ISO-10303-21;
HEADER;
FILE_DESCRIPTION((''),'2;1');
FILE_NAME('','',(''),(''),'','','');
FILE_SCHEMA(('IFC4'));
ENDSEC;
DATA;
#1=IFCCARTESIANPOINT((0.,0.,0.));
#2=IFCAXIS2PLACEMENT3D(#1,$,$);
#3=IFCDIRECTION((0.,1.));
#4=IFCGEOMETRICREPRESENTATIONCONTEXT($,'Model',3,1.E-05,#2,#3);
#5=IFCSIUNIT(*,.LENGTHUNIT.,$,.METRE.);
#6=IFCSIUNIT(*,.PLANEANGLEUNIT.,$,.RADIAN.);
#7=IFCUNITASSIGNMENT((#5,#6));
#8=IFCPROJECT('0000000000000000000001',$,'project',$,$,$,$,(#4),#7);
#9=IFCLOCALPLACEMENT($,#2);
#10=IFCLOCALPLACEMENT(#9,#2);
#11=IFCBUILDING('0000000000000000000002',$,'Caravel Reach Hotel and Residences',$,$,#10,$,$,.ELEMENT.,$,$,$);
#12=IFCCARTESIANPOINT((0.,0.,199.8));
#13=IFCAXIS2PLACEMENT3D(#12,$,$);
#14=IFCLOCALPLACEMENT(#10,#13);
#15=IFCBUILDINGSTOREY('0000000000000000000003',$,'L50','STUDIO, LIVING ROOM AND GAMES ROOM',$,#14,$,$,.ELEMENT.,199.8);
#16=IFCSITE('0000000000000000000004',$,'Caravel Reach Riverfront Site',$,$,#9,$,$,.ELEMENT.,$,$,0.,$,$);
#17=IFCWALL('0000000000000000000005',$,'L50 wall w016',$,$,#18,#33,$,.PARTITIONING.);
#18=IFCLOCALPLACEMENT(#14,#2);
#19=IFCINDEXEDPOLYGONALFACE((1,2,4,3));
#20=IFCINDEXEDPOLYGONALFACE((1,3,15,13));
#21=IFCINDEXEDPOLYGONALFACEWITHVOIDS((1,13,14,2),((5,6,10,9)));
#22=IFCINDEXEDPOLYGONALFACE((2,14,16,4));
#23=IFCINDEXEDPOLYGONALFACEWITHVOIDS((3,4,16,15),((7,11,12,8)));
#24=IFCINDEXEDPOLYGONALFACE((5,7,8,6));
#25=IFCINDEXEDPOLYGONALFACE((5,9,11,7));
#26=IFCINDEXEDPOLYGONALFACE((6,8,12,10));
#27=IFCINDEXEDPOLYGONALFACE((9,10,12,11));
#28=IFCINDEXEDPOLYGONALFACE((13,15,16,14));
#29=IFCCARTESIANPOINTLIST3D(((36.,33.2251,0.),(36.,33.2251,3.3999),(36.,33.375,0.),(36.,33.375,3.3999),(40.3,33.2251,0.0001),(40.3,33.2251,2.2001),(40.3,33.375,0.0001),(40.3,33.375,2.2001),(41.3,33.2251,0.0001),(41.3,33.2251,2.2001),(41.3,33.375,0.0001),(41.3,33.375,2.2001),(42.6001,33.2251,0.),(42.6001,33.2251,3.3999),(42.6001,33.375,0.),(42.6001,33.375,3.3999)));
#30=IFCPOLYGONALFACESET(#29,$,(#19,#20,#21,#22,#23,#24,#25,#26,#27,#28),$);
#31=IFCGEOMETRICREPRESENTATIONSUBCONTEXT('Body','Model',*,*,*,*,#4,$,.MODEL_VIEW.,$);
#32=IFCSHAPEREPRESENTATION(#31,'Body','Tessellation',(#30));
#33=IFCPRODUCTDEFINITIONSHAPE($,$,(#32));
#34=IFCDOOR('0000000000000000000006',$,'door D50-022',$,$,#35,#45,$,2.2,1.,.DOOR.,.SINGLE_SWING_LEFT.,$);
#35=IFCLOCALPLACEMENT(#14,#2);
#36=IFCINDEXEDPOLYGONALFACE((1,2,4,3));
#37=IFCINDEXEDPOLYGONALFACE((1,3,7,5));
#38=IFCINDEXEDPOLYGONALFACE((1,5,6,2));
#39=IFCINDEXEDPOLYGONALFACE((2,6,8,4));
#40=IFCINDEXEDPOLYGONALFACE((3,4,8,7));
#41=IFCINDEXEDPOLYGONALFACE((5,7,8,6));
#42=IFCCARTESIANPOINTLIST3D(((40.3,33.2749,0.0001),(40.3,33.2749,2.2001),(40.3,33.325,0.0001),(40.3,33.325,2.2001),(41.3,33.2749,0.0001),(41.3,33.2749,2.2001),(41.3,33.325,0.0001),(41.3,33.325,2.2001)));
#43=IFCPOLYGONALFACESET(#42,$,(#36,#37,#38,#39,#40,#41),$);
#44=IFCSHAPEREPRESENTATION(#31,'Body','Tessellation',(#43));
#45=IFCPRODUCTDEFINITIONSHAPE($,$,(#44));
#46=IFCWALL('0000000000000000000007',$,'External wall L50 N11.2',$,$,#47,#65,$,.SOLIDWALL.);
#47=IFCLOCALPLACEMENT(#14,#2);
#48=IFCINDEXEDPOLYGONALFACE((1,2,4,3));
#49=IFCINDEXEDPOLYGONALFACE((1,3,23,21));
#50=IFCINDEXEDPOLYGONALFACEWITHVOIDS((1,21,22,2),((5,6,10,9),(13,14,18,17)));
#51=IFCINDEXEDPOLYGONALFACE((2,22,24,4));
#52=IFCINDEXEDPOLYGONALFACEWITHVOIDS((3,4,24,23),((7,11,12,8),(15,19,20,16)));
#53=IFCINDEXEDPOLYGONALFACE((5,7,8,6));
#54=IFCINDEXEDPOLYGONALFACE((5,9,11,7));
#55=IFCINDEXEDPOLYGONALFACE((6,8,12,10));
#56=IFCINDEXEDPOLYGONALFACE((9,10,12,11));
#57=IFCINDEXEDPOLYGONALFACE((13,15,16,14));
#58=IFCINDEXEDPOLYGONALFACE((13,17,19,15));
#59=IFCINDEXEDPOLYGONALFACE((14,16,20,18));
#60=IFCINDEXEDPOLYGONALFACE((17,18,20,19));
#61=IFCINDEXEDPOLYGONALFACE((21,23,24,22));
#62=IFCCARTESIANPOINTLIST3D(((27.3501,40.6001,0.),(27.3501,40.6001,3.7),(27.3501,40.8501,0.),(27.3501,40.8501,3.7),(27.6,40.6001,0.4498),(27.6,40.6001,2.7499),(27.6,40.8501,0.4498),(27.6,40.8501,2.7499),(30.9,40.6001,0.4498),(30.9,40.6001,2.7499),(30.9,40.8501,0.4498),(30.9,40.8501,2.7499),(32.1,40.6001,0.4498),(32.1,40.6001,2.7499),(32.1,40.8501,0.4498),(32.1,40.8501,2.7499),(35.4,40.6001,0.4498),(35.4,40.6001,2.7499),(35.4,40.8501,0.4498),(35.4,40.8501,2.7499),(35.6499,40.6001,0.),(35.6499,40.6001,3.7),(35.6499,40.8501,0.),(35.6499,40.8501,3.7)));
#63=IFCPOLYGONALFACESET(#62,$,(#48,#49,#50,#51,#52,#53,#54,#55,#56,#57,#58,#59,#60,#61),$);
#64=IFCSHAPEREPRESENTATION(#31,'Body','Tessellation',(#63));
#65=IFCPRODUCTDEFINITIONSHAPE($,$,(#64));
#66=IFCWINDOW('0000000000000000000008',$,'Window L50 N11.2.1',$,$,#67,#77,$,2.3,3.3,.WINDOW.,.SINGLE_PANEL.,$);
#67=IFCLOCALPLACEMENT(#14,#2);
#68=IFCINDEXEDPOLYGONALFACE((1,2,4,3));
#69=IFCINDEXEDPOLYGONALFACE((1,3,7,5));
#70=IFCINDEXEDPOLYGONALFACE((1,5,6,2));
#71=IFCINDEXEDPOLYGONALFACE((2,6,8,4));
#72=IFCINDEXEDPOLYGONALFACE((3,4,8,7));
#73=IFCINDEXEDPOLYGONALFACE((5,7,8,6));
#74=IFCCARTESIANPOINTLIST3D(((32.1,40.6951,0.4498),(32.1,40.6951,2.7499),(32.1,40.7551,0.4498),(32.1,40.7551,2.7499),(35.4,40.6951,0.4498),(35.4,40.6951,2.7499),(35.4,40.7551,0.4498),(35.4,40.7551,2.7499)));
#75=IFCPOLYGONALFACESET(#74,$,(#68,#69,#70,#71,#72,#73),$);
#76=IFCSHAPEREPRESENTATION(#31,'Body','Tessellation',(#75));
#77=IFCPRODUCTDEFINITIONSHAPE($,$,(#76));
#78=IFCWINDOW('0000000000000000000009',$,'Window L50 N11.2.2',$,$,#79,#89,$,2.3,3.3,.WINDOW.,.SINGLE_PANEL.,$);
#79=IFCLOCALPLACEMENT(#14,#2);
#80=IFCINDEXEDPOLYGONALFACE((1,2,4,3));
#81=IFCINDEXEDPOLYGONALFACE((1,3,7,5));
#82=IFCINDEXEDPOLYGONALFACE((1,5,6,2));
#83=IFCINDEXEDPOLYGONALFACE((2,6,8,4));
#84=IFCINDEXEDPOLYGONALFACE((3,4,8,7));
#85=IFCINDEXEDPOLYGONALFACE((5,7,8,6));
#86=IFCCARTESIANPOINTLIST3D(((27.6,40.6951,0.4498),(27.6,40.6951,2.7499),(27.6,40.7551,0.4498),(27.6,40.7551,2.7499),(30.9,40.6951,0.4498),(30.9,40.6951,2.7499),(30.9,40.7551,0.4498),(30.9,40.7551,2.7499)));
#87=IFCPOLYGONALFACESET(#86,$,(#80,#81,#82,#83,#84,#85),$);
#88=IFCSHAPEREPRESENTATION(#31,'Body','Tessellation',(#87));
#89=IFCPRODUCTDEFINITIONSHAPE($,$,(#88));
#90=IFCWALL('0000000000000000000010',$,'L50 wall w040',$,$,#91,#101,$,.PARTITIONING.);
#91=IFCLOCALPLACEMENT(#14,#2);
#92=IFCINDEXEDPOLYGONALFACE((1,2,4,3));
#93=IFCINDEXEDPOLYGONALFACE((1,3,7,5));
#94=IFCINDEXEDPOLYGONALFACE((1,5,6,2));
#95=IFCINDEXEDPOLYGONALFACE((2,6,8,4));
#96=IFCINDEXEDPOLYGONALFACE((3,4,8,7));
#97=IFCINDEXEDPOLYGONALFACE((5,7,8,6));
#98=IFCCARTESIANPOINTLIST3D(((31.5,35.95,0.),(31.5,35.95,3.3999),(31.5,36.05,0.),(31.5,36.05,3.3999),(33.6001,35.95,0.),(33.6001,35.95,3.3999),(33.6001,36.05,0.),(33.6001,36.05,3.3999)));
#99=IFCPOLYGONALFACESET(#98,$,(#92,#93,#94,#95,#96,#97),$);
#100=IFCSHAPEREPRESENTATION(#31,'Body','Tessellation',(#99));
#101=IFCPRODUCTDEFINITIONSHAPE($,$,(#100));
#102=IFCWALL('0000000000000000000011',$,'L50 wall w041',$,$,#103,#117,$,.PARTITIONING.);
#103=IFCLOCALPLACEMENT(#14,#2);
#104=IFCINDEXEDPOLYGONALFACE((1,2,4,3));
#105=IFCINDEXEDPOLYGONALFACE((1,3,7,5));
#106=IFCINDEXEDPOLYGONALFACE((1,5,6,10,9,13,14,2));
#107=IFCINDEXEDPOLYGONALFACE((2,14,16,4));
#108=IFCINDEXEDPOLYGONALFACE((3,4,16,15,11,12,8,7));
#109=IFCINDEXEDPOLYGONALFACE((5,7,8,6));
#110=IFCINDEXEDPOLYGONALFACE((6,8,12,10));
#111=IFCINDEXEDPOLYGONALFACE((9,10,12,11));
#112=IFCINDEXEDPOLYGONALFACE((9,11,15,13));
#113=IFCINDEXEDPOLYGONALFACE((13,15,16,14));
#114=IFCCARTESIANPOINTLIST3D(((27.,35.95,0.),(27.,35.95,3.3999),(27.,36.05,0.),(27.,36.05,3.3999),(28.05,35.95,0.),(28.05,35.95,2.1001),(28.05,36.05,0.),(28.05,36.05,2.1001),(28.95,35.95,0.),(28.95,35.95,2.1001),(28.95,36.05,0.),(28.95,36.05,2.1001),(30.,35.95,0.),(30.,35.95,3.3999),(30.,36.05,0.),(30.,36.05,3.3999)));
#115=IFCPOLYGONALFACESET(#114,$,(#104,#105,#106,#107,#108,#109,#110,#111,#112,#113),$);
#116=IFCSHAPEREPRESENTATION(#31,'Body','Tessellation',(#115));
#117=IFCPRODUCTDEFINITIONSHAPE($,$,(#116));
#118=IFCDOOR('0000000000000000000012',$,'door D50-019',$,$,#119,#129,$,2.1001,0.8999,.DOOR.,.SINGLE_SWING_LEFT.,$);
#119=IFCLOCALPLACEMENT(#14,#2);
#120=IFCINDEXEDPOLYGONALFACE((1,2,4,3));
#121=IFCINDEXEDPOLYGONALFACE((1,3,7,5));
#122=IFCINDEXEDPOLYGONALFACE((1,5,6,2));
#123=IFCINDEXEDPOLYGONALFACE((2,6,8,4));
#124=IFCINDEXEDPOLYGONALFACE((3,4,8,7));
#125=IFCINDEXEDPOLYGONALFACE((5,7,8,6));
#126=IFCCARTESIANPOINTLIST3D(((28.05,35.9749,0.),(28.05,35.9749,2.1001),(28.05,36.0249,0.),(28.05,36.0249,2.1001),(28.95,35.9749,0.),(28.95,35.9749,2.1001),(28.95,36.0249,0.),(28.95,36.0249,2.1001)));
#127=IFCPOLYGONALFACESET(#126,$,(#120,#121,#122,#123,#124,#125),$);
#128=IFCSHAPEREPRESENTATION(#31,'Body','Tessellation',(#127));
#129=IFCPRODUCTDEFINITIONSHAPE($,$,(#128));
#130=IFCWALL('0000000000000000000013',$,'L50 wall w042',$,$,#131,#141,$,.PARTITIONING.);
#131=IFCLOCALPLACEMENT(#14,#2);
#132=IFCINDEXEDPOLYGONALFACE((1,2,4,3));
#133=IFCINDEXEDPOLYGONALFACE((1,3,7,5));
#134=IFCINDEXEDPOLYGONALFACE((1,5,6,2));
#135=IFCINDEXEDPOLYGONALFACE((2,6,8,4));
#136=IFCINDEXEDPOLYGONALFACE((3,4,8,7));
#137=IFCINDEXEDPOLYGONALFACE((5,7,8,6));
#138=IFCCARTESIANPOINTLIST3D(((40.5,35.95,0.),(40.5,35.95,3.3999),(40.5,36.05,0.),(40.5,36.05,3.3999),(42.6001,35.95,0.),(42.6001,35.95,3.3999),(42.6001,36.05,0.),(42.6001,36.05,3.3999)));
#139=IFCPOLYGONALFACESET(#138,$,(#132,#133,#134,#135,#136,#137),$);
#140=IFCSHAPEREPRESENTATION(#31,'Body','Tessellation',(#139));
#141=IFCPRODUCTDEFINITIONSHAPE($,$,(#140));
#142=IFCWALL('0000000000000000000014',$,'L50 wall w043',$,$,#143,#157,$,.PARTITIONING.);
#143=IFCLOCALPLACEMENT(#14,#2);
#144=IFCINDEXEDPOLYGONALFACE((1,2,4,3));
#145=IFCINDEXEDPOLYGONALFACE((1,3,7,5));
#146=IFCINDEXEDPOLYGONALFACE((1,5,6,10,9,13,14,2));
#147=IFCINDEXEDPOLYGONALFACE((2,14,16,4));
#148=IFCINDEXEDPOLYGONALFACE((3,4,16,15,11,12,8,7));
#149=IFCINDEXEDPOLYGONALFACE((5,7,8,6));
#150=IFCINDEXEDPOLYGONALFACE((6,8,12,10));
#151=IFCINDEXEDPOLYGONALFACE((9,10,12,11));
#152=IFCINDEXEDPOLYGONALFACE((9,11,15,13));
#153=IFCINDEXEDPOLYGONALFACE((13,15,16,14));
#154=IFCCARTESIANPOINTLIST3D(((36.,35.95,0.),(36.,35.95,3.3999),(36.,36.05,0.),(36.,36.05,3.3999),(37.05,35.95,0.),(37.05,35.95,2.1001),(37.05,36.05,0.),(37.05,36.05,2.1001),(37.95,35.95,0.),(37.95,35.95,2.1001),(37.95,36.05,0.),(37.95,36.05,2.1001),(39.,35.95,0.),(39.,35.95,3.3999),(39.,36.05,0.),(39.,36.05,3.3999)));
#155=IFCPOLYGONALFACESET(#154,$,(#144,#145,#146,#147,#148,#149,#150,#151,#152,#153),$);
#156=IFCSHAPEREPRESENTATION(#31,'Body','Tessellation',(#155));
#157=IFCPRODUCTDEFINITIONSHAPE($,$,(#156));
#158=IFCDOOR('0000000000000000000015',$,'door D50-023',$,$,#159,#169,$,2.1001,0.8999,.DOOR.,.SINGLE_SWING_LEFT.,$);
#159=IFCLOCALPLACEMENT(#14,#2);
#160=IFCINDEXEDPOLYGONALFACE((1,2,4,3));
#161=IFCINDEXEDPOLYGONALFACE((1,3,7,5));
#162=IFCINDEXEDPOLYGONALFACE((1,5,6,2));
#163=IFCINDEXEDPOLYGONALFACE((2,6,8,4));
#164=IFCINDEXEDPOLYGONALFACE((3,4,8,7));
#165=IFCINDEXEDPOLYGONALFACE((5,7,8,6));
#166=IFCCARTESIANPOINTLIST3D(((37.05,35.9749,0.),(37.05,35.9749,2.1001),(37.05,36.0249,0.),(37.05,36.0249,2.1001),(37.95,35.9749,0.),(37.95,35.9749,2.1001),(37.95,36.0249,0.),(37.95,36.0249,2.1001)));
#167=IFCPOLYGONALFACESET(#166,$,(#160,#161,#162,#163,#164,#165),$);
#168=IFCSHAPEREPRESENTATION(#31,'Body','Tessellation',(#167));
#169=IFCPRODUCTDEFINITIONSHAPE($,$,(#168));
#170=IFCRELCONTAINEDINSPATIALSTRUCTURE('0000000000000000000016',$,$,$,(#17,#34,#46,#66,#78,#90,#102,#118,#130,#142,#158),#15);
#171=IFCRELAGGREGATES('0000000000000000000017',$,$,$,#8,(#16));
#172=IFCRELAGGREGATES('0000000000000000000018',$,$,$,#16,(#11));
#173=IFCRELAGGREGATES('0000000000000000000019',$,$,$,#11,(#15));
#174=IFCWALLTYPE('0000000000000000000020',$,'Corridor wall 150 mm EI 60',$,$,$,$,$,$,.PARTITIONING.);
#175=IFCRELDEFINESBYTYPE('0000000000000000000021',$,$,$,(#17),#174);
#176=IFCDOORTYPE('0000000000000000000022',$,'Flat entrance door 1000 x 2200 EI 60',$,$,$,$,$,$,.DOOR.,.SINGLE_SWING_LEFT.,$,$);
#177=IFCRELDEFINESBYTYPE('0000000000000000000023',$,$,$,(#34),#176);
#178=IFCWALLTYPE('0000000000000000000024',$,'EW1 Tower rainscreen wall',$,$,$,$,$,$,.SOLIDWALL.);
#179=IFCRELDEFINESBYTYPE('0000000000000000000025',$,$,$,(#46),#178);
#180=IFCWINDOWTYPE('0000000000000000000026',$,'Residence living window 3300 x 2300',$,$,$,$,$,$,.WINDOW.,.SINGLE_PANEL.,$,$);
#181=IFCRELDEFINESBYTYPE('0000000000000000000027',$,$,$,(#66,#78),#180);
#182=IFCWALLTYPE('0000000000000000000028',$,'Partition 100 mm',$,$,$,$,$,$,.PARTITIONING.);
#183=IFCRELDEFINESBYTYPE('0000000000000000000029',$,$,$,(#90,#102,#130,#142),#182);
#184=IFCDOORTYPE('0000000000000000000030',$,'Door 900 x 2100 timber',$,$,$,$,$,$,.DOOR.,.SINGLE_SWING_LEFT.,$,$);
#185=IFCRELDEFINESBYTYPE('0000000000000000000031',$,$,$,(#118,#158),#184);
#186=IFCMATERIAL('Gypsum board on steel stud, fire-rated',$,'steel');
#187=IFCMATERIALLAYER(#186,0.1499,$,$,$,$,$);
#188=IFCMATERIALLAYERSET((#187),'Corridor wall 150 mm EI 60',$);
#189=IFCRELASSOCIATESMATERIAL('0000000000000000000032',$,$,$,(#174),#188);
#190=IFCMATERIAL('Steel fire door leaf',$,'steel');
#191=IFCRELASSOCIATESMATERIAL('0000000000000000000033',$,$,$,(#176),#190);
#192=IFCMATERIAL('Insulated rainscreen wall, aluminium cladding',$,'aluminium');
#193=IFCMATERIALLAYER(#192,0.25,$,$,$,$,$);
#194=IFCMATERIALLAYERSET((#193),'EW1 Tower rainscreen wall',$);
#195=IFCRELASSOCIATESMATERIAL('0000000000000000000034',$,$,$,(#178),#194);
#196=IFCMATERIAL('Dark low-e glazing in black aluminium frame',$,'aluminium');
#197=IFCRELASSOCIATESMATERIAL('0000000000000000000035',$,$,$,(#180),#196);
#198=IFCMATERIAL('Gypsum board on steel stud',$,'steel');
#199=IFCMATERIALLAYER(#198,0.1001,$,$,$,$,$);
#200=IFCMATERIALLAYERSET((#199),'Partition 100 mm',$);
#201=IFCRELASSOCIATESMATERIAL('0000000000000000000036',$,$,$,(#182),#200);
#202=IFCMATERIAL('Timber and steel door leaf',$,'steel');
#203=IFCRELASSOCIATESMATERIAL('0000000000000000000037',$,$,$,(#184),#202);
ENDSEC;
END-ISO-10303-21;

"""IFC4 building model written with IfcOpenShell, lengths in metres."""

from ifc_helpers import new_model, si_unit, direction, frame, frame_2d, origin, place, context, subcontext, project, spatial, rectangle, extrude, material, layer, layer_set, type_object, element, fill, save


model = new_model("IFC4")

# Units and contexts
model_context = context("Model", 3, precision=1e-05, world=origin(), true_north=direction((0.0, 1.0)))
body_context = subcontext(model_context, "Body", "Model", "MODEL_VIEW")
ifc_project = project(units=[si_unit("LENGTHUNIT", "METRE"), si_unit("PLANEANGLEUNIT", "RADIAN")], contexts=[model_context])

# Site, building, storey
site_placement = place(None, origin())
site = spatial("IfcSite", under=ifc_project, at=site_placement, Name="Caravel Reach Riverfront Site", CompositionType="ELEMENT", RefElevation=0.0)
building_placement = place(site_placement, origin())
building = spatial("IfcBuilding", under=site, at=building_placement, Name="Caravel Reach Hotel and Residences", CompositionType="ELEMENT")
storey_placement = place(building_placement, frame((0.0, 0.0, 199.8)))
storey = spatial("IfcBuildingStorey", under=building, at=storey_placement, Name="L50", Description="STUDIO, LIVING ROOM AND GAMES ROOM", CompositionType="ELEMENT", Elevation=199.8)

# Wall, opening, door
ifc_material_1 = material(Name="Gypsum board on steel stud, fire-rated", Category="steel")
ifc_layer_1 = layer(ifc_material_1, 0.1499)
ifc_layer_set_1 = layer_set([ifc_layer_1], Name="Corridor wall 150 mm EI 60")
wall_type_1 = type_object("IfcWallType", Name="Corridor wall 150 mm EI 60", PredefinedType="PARTITIONING", material=ifc_layer_set_1)
wall_1_placement = place(storey_placement, frame((36.0, 33.3, 0.0), z_axis=(0.0, 0.0, 1.0), x_axis=(1.0, 0.0, 0.0)))
wall_1 = element("IfcWall", 1, at=wall_1_placement, inside=storey, type_object=wall_type_1, Name="L50 wall w016", PredefinedType="PARTITIONING", context=body_context, shape_type="SweptSolid", body=[
    extrude(rectangle(XDim=6.6001, YDim=0.1499, at=frame_2d((3.3, 0.0))), origin(), (0.0, 0.0, 1.0), 3.3999),
])
opening_1_placement = place(wall_1_placement, frame((4.3, 0.0, 0.0)))
opening_1 = element("IfcOpeningElement", 2, at=opening_1_placement, cuts=wall_1, PredefinedType="OPENING", context=body_context, shape_type="SweptSolid", body=[
    extrude(rectangle(XDim=1.0, YDim=2.2, at=frame_2d((0.5, 1.1001))), frame((0.0, 0.085, 0.0), z_axis=(0.0, -1.0, 0.0), x_axis=(1.0, 0.0, 0.0)), (0.0, 0.0, 1.0), 0.1699),
])
ifc_material_2 = material(Name="Steel fire door leaf", Category="steel")
door_type_1 = type_object("IfcDoorType", Name="Flat entrance door 1000 x 2200 EI 60", OperationType="SINGLE_SWING_LEFT", PredefinedType="DOOR", material=ifc_material_2)
door_1_placement = place(opening_1_placement, origin())
door_1 = element("IfcDoor", 3, at=door_1_placement, inside=storey, type_object=door_type_1, Name="door D50-022", OperationType="SINGLE_SWING_LEFT", OverallHeight=2.2, OverallWidth=1.0, PredefinedType="DOOR", context=body_context, shape_type="SweptSolid", body=[
    extrude(rectangle(XDim=1.0, YDim=2.2, at=frame_2d((0.5, 1.1001))), frame((0.0, 0.0249, 0.0), z_axis=(0.0, -1.0, 0.0), x_axis=(1.0, 0.0, 0.0)), (0.0, 0.0, 1.0), 0.05),
])
fill(opening_1, door_1)

# Wall, openings, windows
ifc_material_3 = material(Name="Insulated rainscreen wall, aluminium cladding", Category="aluminium")
ifc_layer_2 = layer(ifc_material_3, 0.25)
ifc_layer_set_2 = layer_set([ifc_layer_2], Name="EW1 Tower rainscreen wall")
wall_type_2 = type_object("IfcWallType", Name="EW1 Tower rainscreen wall", PredefinedType="SOLIDWALL", material=ifc_layer_set_2)
wall_2_placement = place(storey_placement, frame((35.6499, 40.7251, 0.0), z_axis=(0.0, 0.0, 1.0), x_axis=(-1.0, 0.0, 0.0)))
wall_2 = element("IfcWall", 4, at=wall_2_placement, inside=storey, type_object=wall_type_2, Name="External wall L50 N11.2", PredefinedType="SOLIDWALL", context=body_context, shape_type="SweptSolid", body=[
    extrude(rectangle(XDim=8.2998, YDim=0.25, at=frame_2d((4.1499, 0.0))), origin(), (0.0, 0.0, 1.0), 3.7),
])
opening_2_placement = place(wall_2_placement, frame((0.25, 0.0, 0.45)))
opening_2 = element("IfcOpeningElement", 5, at=opening_2_placement, cuts=wall_2, PredefinedType="OPENING", context=body_context, shape_type="SweptSolid", body=[
    extrude(rectangle(XDim=3.3, YDim=2.3, at=frame_2d((1.6499, 1.1499))), frame((0.0, 0.135, 0.0), z_axis=(0.0, -1.0, 0.0), x_axis=(1.0, 0.0, 0.0)), (0.0, 0.0, 1.0), 0.27),
])
opening_3_placement = place(wall_2_placement, frame((4.75, 0.0, 0.45)))
opening_3 = element("IfcOpeningElement", 6, at=opening_3_placement, cuts=wall_2, PredefinedType="OPENING", context=body_context, shape_type="SweptSolid", body=[
    extrude(rectangle(XDim=3.3, YDim=2.3, at=frame_2d((1.6499, 1.1499))), frame((0.0, 0.135, 0.0), z_axis=(0.0, -1.0, 0.0), x_axis=(1.0, 0.0, 0.0)), (0.0, 0.0, 1.0), 0.27),
])
ifc_material_4 = material(Name="Dark low-e glazing in black aluminium frame", Category="aluminium")
window_type = type_object("IfcWindowType", Name="Residence living window 3300 x 2300", PartitioningType="SINGLE_PANEL", PredefinedType="WINDOW", material=ifc_material_4)
window_1_placement = place(opening_2_placement, origin())
window_1 = element("IfcWindow", 7, at=window_1_placement, inside=storey, type_object=window_type, Name="Window L50 N11.2.1", OverallHeight=2.3, OverallWidth=3.3, PartitioningType="SINGLE_PANEL", PredefinedType="WINDOW", context=body_context, shape_type="SweptSolid", body=[
    extrude(rectangle(XDim=3.3, YDim=2.3, at=frame_2d((1.6499, 1.1499))), frame((0.0, 0.03, 0.0), z_axis=(0.0, -1.0, 0.0), x_axis=(1.0, 0.0, 0.0)), (0.0, 0.0, 1.0), 0.0601),
])
fill(opening_2, window_1)
window_2_placement = place(opening_3_placement, origin())
window_2 = element("IfcWindow", 8, at=window_2_placement, inside=storey, type_object=window_type, Name="Window L50 N11.2.2", OverallHeight=2.3, OverallWidth=3.3, PartitioningType="SINGLE_PANEL", PredefinedType="WINDOW", context=body_context, shape_type="SweptSolid", body=[
    extrude(rectangle(XDim=3.3, YDim=2.3, at=frame_2d((1.6499, 1.1499))), frame((0.0, 0.03, 0.0), z_axis=(0.0, -1.0, 0.0), x_axis=(1.0, 0.0, 0.0)), (0.0, 0.0, 1.0), 0.0601),
])
fill(opening_3, window_2)

# Wall
ifc_material_5 = material(Name="Gypsum board on steel stud", Category="steel")
ifc_layer_3 = layer(ifc_material_5, 0.1001)
ifc_layer_set_3 = layer_set([ifc_layer_3], Name="Partition 100 mm")
wall_type_3 = type_object("IfcWallType", Name="Partition 100 mm", PredefinedType="PARTITIONING", material=ifc_layer_set_3)
wall_3_placement = place(storey_placement, frame((31.5, 36.0, 0.0), z_axis=(0.0, 0.0, 1.0), x_axis=(1.0, 0.0, 0.0)))
element("IfcWall", 9, at=wall_3_placement, inside=storey, type_object=wall_type_3, Name="L50 wall w040", PredefinedType="PARTITIONING", context=body_context, shape_type="SweptSolid", body=[
    extrude(rectangle(XDim=2.1001, YDim=0.1001, at=frame_2d((1.05, 0.0))), origin(), (0.0, 0.0, 1.0), 3.3999),
])

# Wall, opening, door
wall_4_placement = place(storey_placement, frame((27.0, 36.0, 0.0), z_axis=(0.0, 0.0, 1.0), x_axis=(1.0, 0.0, 0.0)))
wall_4 = element("IfcWall", 10, at=wall_4_placement, inside=storey, type_object=wall_type_3, Name="L50 wall w041", PredefinedType="PARTITIONING", context=body_context, shape_type="SweptSolid", body=[
    extrude(rectangle(XDim=3.0, YDim=0.1001, at=frame_2d((1.5, 0.0))), origin(), (0.0, 0.0, 1.0), 3.3999),
])
opening_4_placement = place(wall_4_placement, frame((1.05, 0.0, 0.0)))
opening_4 = element("IfcOpeningElement", 11, at=opening_4_placement, cuts=wall_4, PredefinedType="OPENING", context=body_context, shape_type="SweptSolid", body=[
    extrude(rectangle(XDim=0.8999, YDim=2.1001, at=frame_2d((0.45, 1.05))), frame((0.0, 0.0601, 0.0), z_axis=(0.0, -1.0, 0.0), x_axis=(1.0, 0.0, 0.0)), (0.0, 0.0, 1.0), 0.1201),
])
ifc_material_6 = material(Name="Timber and steel door leaf", Category="steel")
door_type_2 = type_object("IfcDoorType", Name="Door 900 x 2100 timber", OperationType="SINGLE_SWING_LEFT", PredefinedType="DOOR", material=ifc_material_6)
door_2_placement = place(opening_4_placement, origin())
door_2 = element("IfcDoor", 12, at=door_2_placement, inside=storey, type_object=door_type_2, Name="door D50-019", OperationType="SINGLE_SWING_LEFT", OverallHeight=2.1001, OverallWidth=0.8999, PredefinedType="DOOR", context=body_context, shape_type="SweptSolid", body=[
    extrude(rectangle(XDim=0.8999, YDim=2.1001, at=frame_2d((0.45, 1.05))), frame((0.0, 0.0249, 0.0), z_axis=(0.0, -1.0, 0.0), x_axis=(1.0, 0.0, 0.0)), (0.0, 0.0, 1.0), 0.05),
])
fill(opening_4, door_2)

# Wall
wall_5_placement = place(storey_placement, frame((40.5, 36.0, 0.0), z_axis=(0.0, 0.0, 1.0), x_axis=(1.0, 0.0, 0.0)))
element("IfcWall", 13, at=wall_5_placement, inside=storey, type_object=wall_type_3, Name="L50 wall w042", PredefinedType="PARTITIONING", context=body_context, shape_type="SweptSolid", body=[
    extrude(rectangle(XDim=2.1001, YDim=0.1001, at=frame_2d((1.05, 0.0))), origin(), (0.0, 0.0, 1.0), 3.3999),
])

# Wall, opening, door
wall_6_placement = place(storey_placement, frame((36.0, 36.0, 0.0), z_axis=(0.0, 0.0, 1.0), x_axis=(1.0, 0.0, 0.0)))
wall_6 = element("IfcWall", 14, at=wall_6_placement, inside=storey, type_object=wall_type_3, Name="L50 wall w043", PredefinedType="PARTITIONING", context=body_context, shape_type="SweptSolid", body=[
    extrude(rectangle(XDim=3.0, YDim=0.1001, at=frame_2d((1.5, 0.0))), origin(), (0.0, 0.0, 1.0), 3.3999),
])
opening_5_placement = place(wall_6_placement, frame((1.05, 0.0, 0.0)))
opening_5 = element("IfcOpeningElement", 15, at=opening_5_placement, cuts=wall_6, PredefinedType="OPENING", context=body_context, shape_type="SweptSolid", body=[
    extrude(rectangle(XDim=0.8999, YDim=2.1001, at=frame_2d((0.45, 1.05))), frame((0.0, 0.0601, 0.0), z_axis=(0.0, -1.0, 0.0), x_axis=(1.0, 0.0, 0.0)), (0.0, 0.0, 1.0), 0.1201),
])
door_3_placement = place(opening_5_placement, origin())
door_3 = element("IfcDoor", 16, at=door_3_placement, inside=storey, type_object=door_type_2, Name="door D50-023", OperationType="SINGLE_SWING_LEFT", OverallHeight=2.1001, OverallWidth=0.8999, PredefinedType="DOOR", context=body_context, shape_type="SweptSolid", body=[
    extrude(rectangle(XDim=0.8999, YDim=2.1001, at=frame_2d((0.45, 1.05))), frame((0.0, 0.0249, 0.0), z_axis=(0.0, -1.0, 0.0), x_axis=(1.0, 0.0, 0.0)), (0.0, 0.0, 1.0), 0.05),
])
fill(opening_5, door_3)

save(model, "model.ifc")
